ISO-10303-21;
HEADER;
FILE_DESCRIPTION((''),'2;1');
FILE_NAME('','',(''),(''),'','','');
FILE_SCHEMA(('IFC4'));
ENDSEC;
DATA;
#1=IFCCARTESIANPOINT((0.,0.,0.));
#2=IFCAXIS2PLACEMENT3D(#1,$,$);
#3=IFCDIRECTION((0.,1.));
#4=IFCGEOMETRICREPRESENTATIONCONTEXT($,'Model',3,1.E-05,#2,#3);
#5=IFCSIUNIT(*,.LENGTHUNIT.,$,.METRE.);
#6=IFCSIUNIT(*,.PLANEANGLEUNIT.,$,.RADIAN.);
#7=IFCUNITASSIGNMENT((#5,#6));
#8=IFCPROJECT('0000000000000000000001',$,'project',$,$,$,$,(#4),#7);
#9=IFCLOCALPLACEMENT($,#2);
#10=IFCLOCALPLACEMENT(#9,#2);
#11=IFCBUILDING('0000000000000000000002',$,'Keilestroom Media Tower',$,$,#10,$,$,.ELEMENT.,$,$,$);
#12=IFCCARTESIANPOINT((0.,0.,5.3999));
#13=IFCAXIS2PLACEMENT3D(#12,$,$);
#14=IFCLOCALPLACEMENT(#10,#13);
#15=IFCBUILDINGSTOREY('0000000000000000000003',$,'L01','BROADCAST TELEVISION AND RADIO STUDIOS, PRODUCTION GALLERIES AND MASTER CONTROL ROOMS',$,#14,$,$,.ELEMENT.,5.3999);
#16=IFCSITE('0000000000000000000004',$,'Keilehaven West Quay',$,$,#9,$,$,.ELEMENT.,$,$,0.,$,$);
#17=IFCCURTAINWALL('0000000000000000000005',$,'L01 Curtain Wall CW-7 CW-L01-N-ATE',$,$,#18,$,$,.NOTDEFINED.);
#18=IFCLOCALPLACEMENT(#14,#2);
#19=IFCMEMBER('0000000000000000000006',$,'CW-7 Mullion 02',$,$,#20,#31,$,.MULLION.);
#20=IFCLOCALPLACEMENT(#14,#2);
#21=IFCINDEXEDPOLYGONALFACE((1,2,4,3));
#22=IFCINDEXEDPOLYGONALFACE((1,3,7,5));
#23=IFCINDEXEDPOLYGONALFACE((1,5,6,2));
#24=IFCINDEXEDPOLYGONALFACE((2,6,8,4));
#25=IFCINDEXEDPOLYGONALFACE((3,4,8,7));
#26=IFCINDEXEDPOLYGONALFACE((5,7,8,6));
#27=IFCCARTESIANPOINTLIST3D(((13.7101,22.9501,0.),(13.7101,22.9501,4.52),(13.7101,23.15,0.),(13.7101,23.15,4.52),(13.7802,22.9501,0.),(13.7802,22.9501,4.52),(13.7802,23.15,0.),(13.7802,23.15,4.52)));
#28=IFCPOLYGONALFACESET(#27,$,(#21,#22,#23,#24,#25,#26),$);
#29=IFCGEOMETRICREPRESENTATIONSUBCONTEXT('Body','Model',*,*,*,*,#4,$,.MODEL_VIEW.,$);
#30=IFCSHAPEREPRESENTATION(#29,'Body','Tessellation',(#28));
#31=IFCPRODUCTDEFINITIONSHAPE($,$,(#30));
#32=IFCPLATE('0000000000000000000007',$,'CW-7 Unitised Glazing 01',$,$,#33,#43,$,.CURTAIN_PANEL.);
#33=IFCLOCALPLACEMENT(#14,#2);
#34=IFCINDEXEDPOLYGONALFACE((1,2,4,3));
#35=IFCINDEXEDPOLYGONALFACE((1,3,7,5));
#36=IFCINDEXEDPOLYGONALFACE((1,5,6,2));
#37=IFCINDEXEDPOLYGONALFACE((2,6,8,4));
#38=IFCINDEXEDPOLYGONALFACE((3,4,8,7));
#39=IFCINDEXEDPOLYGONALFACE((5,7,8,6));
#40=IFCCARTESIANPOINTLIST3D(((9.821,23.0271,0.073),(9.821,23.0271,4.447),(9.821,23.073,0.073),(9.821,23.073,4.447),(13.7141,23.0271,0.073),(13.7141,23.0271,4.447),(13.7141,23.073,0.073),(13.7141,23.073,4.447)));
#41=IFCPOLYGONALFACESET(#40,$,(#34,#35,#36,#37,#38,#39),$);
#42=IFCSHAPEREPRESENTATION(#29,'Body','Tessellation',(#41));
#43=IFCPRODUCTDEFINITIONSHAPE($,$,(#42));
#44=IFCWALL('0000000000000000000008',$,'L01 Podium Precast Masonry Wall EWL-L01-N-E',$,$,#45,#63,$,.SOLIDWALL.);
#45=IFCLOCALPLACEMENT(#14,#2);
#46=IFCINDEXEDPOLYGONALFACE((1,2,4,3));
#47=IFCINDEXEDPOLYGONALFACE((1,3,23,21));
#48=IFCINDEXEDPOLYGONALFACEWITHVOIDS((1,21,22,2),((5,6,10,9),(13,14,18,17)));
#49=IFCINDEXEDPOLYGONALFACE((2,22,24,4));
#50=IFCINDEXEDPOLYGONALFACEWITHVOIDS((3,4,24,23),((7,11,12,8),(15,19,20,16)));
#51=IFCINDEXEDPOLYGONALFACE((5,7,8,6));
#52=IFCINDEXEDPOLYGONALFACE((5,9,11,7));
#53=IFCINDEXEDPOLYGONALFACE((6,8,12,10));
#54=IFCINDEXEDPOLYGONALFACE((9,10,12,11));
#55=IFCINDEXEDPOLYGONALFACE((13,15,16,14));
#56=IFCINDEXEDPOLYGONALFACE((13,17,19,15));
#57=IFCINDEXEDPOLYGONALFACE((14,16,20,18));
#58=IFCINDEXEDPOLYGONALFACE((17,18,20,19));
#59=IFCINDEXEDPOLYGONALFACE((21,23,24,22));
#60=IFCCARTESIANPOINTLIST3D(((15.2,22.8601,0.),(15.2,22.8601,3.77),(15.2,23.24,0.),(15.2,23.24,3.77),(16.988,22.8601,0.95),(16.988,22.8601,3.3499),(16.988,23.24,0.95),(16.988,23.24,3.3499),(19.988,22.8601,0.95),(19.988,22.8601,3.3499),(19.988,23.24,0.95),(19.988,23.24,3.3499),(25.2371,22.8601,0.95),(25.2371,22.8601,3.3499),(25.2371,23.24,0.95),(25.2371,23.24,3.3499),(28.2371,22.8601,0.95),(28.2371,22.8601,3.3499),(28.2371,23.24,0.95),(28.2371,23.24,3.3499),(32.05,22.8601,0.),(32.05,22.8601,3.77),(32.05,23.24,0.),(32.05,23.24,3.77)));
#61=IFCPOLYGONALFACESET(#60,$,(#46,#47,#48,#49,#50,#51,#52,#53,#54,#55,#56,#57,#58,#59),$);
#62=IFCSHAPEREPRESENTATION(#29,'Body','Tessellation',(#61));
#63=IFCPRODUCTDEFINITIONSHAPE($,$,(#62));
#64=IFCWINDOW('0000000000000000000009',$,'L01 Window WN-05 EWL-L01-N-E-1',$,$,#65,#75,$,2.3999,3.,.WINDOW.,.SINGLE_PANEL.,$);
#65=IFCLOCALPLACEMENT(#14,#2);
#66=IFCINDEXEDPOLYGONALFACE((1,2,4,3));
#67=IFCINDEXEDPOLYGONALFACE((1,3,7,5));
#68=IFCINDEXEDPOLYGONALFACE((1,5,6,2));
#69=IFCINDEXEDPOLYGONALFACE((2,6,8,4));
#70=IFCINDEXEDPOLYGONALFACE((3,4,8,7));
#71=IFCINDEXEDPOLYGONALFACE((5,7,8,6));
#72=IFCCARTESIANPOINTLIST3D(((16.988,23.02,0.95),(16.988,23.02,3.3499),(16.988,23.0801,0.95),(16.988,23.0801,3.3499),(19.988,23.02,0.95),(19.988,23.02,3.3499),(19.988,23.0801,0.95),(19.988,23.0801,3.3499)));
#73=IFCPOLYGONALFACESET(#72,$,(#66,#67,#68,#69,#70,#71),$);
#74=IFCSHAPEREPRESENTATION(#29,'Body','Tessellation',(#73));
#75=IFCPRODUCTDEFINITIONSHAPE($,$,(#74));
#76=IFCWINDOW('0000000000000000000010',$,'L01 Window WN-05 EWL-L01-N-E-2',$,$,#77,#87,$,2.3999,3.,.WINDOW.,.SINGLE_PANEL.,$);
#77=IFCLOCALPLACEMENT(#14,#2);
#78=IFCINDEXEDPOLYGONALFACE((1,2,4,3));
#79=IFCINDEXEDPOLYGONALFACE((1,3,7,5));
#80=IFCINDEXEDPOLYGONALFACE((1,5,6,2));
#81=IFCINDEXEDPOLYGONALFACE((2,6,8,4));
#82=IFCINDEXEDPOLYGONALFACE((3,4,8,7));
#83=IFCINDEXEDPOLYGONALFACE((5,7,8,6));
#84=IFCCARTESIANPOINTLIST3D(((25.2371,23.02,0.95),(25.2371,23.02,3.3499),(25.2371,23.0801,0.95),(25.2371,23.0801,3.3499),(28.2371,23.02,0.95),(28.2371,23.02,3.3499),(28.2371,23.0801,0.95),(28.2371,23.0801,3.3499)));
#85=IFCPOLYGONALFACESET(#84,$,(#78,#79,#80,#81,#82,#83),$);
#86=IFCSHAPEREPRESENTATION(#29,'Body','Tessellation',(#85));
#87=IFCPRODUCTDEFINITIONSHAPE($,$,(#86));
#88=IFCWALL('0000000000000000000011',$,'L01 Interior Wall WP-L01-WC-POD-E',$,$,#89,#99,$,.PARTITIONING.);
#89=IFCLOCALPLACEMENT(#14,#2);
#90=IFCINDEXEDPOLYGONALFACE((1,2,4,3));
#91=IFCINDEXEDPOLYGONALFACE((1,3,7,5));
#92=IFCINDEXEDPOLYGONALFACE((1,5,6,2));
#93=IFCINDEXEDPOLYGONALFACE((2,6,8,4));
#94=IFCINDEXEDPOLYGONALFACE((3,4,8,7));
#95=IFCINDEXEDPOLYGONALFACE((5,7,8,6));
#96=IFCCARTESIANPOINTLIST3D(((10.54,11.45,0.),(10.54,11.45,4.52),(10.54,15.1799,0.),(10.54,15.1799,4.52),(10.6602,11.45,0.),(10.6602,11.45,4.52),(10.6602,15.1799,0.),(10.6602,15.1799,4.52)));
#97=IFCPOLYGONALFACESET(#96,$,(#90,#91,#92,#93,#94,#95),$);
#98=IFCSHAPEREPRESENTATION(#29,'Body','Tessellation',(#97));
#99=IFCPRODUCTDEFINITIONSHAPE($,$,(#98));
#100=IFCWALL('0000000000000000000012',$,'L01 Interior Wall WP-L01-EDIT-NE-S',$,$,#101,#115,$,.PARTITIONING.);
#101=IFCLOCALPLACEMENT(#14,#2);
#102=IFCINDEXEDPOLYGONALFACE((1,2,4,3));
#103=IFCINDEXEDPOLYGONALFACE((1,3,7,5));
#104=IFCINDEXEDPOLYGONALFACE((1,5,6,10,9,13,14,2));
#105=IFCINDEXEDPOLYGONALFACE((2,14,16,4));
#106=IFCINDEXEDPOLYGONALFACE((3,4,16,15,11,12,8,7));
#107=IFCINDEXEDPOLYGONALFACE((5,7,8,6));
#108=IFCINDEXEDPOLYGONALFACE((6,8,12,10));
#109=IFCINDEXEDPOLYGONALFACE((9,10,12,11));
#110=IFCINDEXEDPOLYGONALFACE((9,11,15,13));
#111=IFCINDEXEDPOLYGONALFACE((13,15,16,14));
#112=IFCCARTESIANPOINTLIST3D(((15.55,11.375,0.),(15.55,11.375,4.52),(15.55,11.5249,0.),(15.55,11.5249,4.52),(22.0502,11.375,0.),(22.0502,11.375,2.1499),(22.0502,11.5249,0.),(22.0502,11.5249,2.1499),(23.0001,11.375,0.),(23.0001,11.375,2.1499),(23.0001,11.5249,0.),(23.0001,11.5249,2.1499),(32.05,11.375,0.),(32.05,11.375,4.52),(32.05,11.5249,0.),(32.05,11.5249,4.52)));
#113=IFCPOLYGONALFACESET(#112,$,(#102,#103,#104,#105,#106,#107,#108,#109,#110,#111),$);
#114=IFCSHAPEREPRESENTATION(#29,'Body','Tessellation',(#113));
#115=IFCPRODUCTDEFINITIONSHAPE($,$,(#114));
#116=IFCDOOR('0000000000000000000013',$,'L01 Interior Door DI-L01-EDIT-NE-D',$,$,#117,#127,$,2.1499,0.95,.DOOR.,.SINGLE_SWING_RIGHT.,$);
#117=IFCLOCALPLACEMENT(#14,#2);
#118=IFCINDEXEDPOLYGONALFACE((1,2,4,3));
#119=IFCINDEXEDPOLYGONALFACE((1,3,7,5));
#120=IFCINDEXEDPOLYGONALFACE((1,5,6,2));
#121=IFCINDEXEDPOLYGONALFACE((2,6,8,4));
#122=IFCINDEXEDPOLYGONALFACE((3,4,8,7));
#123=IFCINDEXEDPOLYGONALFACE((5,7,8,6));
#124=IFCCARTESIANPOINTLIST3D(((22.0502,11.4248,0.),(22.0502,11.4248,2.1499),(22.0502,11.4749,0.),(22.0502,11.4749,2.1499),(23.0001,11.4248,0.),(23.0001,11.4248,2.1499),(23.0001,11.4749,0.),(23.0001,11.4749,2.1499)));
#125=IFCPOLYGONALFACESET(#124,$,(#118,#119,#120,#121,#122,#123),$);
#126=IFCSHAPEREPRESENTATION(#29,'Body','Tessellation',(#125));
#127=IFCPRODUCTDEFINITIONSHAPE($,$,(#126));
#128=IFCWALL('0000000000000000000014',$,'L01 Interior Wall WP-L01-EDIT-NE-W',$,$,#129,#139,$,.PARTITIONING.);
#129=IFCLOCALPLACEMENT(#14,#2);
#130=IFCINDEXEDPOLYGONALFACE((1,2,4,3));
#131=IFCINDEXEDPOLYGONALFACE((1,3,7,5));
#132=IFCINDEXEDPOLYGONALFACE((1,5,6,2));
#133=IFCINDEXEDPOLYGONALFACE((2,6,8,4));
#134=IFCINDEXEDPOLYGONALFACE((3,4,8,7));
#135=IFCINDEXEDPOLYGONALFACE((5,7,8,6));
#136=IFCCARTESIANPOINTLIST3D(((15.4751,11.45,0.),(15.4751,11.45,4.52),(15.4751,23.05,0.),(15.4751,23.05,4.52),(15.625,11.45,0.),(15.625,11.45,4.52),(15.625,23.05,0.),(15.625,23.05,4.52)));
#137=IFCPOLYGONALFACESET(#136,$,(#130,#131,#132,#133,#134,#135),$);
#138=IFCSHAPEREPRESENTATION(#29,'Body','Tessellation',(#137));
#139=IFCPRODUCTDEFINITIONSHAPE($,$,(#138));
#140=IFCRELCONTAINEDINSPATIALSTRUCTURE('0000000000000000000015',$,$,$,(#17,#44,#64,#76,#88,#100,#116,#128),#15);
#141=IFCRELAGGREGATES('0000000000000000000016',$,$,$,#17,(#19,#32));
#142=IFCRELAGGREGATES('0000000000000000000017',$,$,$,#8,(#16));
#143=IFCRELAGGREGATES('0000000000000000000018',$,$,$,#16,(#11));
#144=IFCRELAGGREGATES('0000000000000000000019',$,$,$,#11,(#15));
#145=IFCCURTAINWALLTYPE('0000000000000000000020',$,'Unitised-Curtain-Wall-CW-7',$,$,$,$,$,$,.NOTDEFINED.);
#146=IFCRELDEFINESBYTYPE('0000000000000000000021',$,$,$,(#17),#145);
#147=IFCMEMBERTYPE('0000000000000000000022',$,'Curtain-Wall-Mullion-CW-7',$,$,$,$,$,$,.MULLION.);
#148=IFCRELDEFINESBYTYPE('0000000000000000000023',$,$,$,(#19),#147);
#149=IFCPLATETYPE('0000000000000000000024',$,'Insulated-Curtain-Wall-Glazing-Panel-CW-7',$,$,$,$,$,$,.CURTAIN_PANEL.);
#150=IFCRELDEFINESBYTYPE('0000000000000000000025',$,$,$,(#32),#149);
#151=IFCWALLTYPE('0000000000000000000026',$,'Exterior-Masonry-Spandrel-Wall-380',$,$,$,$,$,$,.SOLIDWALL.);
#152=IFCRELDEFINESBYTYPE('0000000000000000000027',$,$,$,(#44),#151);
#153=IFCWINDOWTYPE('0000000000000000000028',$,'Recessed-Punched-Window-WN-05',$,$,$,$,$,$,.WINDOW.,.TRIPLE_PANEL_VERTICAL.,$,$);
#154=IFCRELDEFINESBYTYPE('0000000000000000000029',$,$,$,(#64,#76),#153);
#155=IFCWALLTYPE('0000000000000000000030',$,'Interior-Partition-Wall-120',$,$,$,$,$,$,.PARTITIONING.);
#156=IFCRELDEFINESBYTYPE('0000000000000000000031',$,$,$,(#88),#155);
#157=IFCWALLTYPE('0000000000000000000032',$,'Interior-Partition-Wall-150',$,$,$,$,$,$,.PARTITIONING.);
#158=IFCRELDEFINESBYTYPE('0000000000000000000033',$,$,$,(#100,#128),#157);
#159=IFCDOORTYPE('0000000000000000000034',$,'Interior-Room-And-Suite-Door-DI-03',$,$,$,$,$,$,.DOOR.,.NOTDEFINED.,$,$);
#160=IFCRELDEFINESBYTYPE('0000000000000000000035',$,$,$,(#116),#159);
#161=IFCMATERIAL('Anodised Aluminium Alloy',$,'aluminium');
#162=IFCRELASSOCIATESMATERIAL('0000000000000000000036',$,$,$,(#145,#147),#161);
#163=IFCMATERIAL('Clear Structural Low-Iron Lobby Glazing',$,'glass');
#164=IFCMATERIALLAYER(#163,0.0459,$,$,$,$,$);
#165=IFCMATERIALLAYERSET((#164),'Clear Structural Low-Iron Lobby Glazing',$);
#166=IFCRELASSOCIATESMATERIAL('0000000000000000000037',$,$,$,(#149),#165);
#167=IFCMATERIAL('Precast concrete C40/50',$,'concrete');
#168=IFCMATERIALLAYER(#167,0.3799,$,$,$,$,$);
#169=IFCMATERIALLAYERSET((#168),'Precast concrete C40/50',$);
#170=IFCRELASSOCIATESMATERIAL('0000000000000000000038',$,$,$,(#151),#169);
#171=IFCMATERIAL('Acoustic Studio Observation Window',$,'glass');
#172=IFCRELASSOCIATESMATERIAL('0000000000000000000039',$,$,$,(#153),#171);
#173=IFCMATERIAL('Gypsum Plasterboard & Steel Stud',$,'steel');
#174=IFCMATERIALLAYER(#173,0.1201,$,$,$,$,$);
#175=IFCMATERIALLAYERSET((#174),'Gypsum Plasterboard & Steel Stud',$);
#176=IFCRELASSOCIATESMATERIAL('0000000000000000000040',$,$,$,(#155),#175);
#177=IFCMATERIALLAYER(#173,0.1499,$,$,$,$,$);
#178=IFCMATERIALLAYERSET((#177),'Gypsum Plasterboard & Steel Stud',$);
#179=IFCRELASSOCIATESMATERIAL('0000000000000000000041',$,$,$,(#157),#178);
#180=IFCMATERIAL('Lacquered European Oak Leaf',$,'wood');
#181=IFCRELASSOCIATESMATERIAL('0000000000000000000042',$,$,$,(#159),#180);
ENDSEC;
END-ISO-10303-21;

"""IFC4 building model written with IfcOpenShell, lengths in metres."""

from ifc_helpers import new_model, si_unit, direction, frame, frame_2d, origin, origin_2d, place, context, subcontext, project, spatial, rectangle, extrude, source, transform, mapped, material, layer, layer_set, material_profile, profile_set, type_object, element, fill, aggregate, save


model = new_model("IFC4")

# Units and contexts
model_context = context("Model", 3, precision=1e-05, world=origin(), true_north=direction((0.0, 1.0)))
body_context = subcontext(model_context, "Body", "Model", "MODEL_VIEW")
ifc_project = project(units=[si_unit("LENGTHUNIT", "METRE"), si_unit("PLANEANGLEUNIT", "RADIAN")], contexts=[model_context])

# Site, building, storey
site_placement = place(None, origin())
site = spatial("IfcSite", under=ifc_project, at=site_placement, Name="Keilehaven West Quay", CompositionType="ELEMENT", RefElevation=0.0)
building_placement = place(site_placement, origin())
building = spatial("IfcBuilding", under=site, at=building_placement, Name="Keilestroom Media Tower", CompositionType="ELEMENT")
storey_placement = place(building_placement, frame((0.0, 0.0, 5.3999)))
storey = spatial("IfcBuildingStorey", under=building, at=storey_placement, Name="L01", Description="BROADCAST TELEVISION AND RADIO STUDIOS, PRODUCTION GALLERIES AND MASTER CONTROL ROOMS", CompositionType="ELEMENT", Elevation=5.3999)

# Shared definitions
ifc_material_1 = material(Name="Precast concrete C40/50", Category="concrete")

# Curtain wall, member, plate
ifc_material_2 = material(Name="Anodised Aluminium Alloy", Category="aluminium")
curtain_wall_type = type_object("IfcCurtainWallType", Name="Unitised-Curtain-Wall-CW-7", PredefinedType="NOTDEFINED", material=ifc_material_2)
curtain_wall_placement = place(storey_placement, origin())
curtain_wall = element("IfcCurtainWall", 1, at=curtain_wall_placement, inside=storey, type_object=curtain_wall_type, Name="L01 Curtain Wall CW-7 CW-L01-N-ATE", PredefinedType="NOTDEFINED")
ifc_material_profile_1 = material_profile(ifc_material_2, rectangle(XDim=0.0701, YDim=0.2, at=origin_2d()), Name="ALU MULLION 70x200")
ifc_profile_set_1 = profile_set([ifc_material_profile_1], Name="Anodised Aluminium Alloy")
member_type = type_object("IfcMemberType", Name="Curtain-Wall-Mullion-CW-7", PredefinedType="MULLION", material=ifc_profile_set_1)
shared_shape_1 = source(origin(), body_context, "Body", "SweptSolid", [
    extrude(rectangle(XDim=0.0701, YDim=0.2, at=origin_2d()), origin(), (0.0, 0.0, 1.0), 4.52),
])
member_placement = place(storey_placement, frame((13.7451, 23.05, 0.0), z_axis=(0.0, 0.0, 1.0), x_axis=(1.0, 0.0, 0.0)))
member = element("IfcMember", 2, at=member_placement, type_object=member_type, Name="CW-7 Mullion 02", PredefinedType="MULLION", context=body_context, shape_type="MappedRepresentation", body=[
    mapped(shared_shape_1, transform((0.0, 0.0, 0.0), x_axis=(1.0, 0.0, 0.0), y_axis=(0.0, 1.0, 0.0), z_axis=(0.0, 0.0, 1.0), scale=1.0)),
])
ifc_material_3 = material(Name="Clear Structural Low-Iron Lobby Glazing", Category="glass")
ifc_layer_1 = layer(ifc_material_3, 0.0459)
ifc_layer_set_1 = layer_set([ifc_layer_1], Name="Clear Structural Low-Iron Lobby Glazing")
plate_type = type_object("IfcPlateType", Name="Insulated-Curtain-Wall-Glazing-Panel-CW-7", PredefinedType="CURTAIN_PANEL", material=ifc_layer_set_1)
shared_shape_2 = source(origin(), body_context, "Body", "SweptSolid", [
    extrude(rectangle(XDim=3.8931, YDim=0.0459, at=origin_2d()), origin(), (0.0, 0.0, 1.0), 4.374),
])
plate_placement = place(storey_placement, frame((11.7676, 23.05, 0.073), z_axis=(0.0, 0.0, 1.0), x_axis=(1.0, 0.0, 0.0)))
plate = element("IfcPlate", 3, at=plate_placement, type_object=plate_type, Name="CW-7 Unitised Glazing 01", PredefinedType="CURTAIN_PANEL", context=body_context, shape_type="MappedRepresentation", body=[
    mapped(shared_shape_2, transform((0.0, 0.0, 0.0), x_axis=(1.0, 0.0, 0.0), y_axis=(0.0, 1.0, 0.0), z_axis=(0.0, 0.0, 1.0), scale=1.0)),
])
aggregate(curtain_wall, [member, plate])

# Wall, openings, windows
ifc_layer_2 = layer(ifc_material_1, 0.3799)
ifc_layer_set_2 = layer_set([ifc_layer_2], Name="Precast concrete C40/50")
wall_type_1 = type_object("IfcWallType", Name="Exterior-Masonry-Spandrel-Wall-380", PredefinedType="SOLIDWALL", material=ifc_layer_set_2)
wall_1_placement = place(storey_placement, frame((15.2, 23.05, 0.0), z_axis=(0.0, 0.0, 1.0), x_axis=(1.0, 0.0, 0.0)))
wall_1 = element("IfcWall", 4, at=wall_1_placement, inside=storey, type_object=wall_type_1, Name="L01 Podium Precast Masonry Wall EWL-L01-N-E", PredefinedType="SOLIDWALL", context=body_context, shape_type="SweptSolid", body=[
    extrude(rectangle(XDim=16.8501, YDim=0.3799, at=frame_2d((8.425, 0.0))), origin(), (0.0, 0.0, 1.0), 3.77),
])
opening_1_placement = place(wall_1_placement, frame((1.7881, 0.0, 0.95)))
opening_1 = element("IfcOpeningElement", 5, at=opening_1_placement, cuts=wall_1, PredefinedType="OPENING", context=body_context, shape_type="SweptSolid", body=[
    extrude(rectangle(XDim=3.0, YDim=2.3999, at=frame_2d((1.5, 1.2))), frame((0.0, 0.2, 0.0), z_axis=(0.0, -1.0, 0.0), x_axis=(1.0, 0.0, 0.0)), (0.0, 0.0, 1.0), 0.3999),
])
opening_2_placement = place(wall_1_placement, frame((10.0371, 0.0, 0.95)))
opening_2 = element("IfcOpeningElement", 6, at=opening_2_placement, cuts=wall_1, PredefinedType="OPENING", context=body_context, shape_type="SweptSolid", body=[
    extrude(rectangle(XDim=3.0, YDim=2.3999, at=frame_2d((1.5, 1.2))), frame((0.0, 0.2, 0.0), z_axis=(0.0, -1.0, 0.0), x_axis=(1.0, 0.0, 0.0)), (0.0, 0.0, 1.0), 0.3999),
])
ifc_material_4 = material(Name="Acoustic Studio Observation Window", Category="glass")
window_type = type_object("IfcWindowType", Name="Recessed-Punched-Window-WN-05", PartitioningType="TRIPLE_PANEL_VERTICAL", PredefinedType="WINDOW", material=ifc_material_4)
shared_shape_3 = source(origin(), body_context, "Body", "SweptSolid", [
    extrude(rectangle(XDim=3.0, YDim=2.3999, at=frame_2d((1.5, 1.2))), frame((0.0, 0.03, 0.0), z_axis=(0.0, -1.0, 0.0), x_axis=(1.0, 0.0, 0.0)), (0.0, 0.0, 1.0), 0.0601),
])
window_1_placement = place(opening_1_placement, origin())
window_1 = element("IfcWindow", 7, at=window_1_placement, inside=storey, type_object=window_type, Name="L01 Window WN-05 EWL-L01-N-E-1", OverallHeight=2.3999, OverallWidth=3.0, PartitioningType="SINGLE_PANEL", PredefinedType="WINDOW", context=body_context, shape_type="MappedRepresentation", body=[
    mapped(shared_shape_3, transform((0.0, 0.0, 0.0), x_axis=(1.0, 0.0, 0.0), y_axis=(0.0, 1.0, 0.0), z_axis=(0.0, 0.0, 1.0), scale=1.0)),
])
fill(opening_1, window_1)
window_2_placement = place(opening_2_placement, origin())
window_2 = element("IfcWindow", 8, at=window_2_placement, inside=storey, type_object=window_type, Name="L01 Window WN-05 EWL-L01-N-E-2", OverallHeight=2.3999, OverallWidth=3.0, PartitioningType="SINGLE_PANEL", PredefinedType="WINDOW", context=body_context, shape_type="MappedRepresentation", body=[
    mapped(shared_shape_3, transform((0.0, 0.0, 0.0), x_axis=(1.0, 0.0, 0.0), y_axis=(0.0, 1.0, 0.0), z_axis=(0.0, 0.0, 1.0), scale=1.0)),
])
fill(opening_2, window_2)

# Wall
ifc_material_5 = material(Name="Gypsum Plasterboard & Steel Stud", Category="steel")
ifc_layer_3 = layer(ifc_material_5, 0.1201)
ifc_layer_set_3 = layer_set([ifc_layer_3], Name="Gypsum Plasterboard & Steel Stud")
wall_type_2 = type_object("IfcWallType", Name="Interior-Partition-Wall-120", PredefinedType="PARTITIONING", material=ifc_layer_set_3)
wall_2_placement = place(storey_placement, frame((10.6001, 11.45, 0.0), z_axis=(0.0, 0.0, 1.0), x_axis=(0.0, 1.0, 0.0)))
element("IfcWall", 9, at=wall_2_placement, inside=storey, type_object=wall_type_2, Name="L01 Interior Wall WP-L01-WC-POD-E", PredefinedType="PARTITIONING", context=body_context, shape_type="SweptSolid", body=[
    extrude(rectangle(XDim=3.73, YDim=0.1201, at=frame_2d((1.865, 0.0))), origin(), (0.0, 0.0, 1.0), 4.52),
])

# Wall, opening, door
ifc_layer_4 = layer(ifc_material_5, 0.1499)
ifc_layer_set_4 = layer_set([ifc_layer_4], Name="Gypsum Plasterboard & Steel Stud")
wall_type_3 = type_object("IfcWallType", Name="Interior-Partition-Wall-150", PredefinedType="PARTITIONING", material=ifc_layer_set_4)
wall_3_placement = place(storey_placement, frame((15.55, 11.45, 0.0), z_axis=(0.0, 0.0, 1.0), x_axis=(1.0, 0.0, 0.0)))
wall_3 = element("IfcWall", 10, at=wall_3_placement, inside=storey, type_object=wall_type_3, Name="L01 Interior Wall WP-L01-EDIT-NE-S", PredefinedType="PARTITIONING", context=body_context, shape_type="SweptSolid", body=[
    extrude(rectangle(XDim=16.5, YDim=0.1499, at=frame_2d((8.25, 0.0))), origin(), (0.0, 0.0, 1.0), 4.52),
])
opening_3_placement = place(wall_3_placement, frame((6.5, 0.0, 0.0)))
opening_3 = element("IfcOpeningElement", 11, at=opening_3_placement, cuts=wall_3, PredefinedType="OPENING", context=body_context, shape_type="SweptSolid", body=[
    extrude(rectangle(XDim=0.95, YDim=2.1499, at=frame_2d((0.4751, 1.075))), frame((0.0, 0.085, 0.0), z_axis=(0.0, -1.0, 0.0), x_axis=(1.0, 0.0, 0.0)), (0.0, 0.0, 1.0), 0.1699),
])
ifc_material_6 = material(Name="Lacquered European Oak Leaf", Category="wood")
door_type = type_object("IfcDoorType", Name="Interior-Room-And-Suite-Door-DI-03", OperationType="NOTDEFINED", PredefinedType="DOOR", material=ifc_material_6)
shared_shape_4 = source(origin(), body_context, "Body", "SweptSolid", [
    extrude(rectangle(XDim=0.95, YDim=2.1499, at=frame_2d((0.4751, 1.075))), frame((0.0, 0.0249, 0.0), z_axis=(0.0, -1.0, 0.0), x_axis=(1.0, 0.0, 0.0)), (0.0, 0.0, 1.0), 0.05),
])
door_1_placement = place(opening_3_placement, origin())
door_1 = element("IfcDoor", 12, at=door_1_placement, inside=storey, type_object=door_type, Name="L01 Interior Door DI-L01-EDIT-NE-D", OperationType="SINGLE_SWING_RIGHT", OverallHeight=2.1499, OverallWidth=0.95, PredefinedType="DOOR", context=body_context, shape_type="MappedRepresentation", body=[
    mapped(shared_shape_4, transform((0.0, 0.0, 0.0), x_axis=(1.0, 0.0, 0.0), y_axis=(0.0, 1.0, 0.0), z_axis=(0.0, 0.0, 1.0), scale=1.0)),
])
fill(opening_3, door_1)

# Wall
wall_4_placement = place(storey_placement, frame((15.55, 11.45, 0.0), z_axis=(0.0, 0.0, 1.0), x_axis=(0.0, 1.0, 0.0)))
element("IfcWall", 13, at=wall_4_placement, inside=storey, type_object=wall_type_3, Name="L01 Interior Wall WP-L01-EDIT-NE-W", PredefinedType="PARTITIONING", context=body_context, shape_type="SweptSolid", body=[
    extrude(rectangle(XDim=11.6001, YDim=0.1499, at=frame_2d((5.8, 0.0))), origin(), (0.0, 0.0, 1.0), 4.52),
])

save(model, "model.ifc")
